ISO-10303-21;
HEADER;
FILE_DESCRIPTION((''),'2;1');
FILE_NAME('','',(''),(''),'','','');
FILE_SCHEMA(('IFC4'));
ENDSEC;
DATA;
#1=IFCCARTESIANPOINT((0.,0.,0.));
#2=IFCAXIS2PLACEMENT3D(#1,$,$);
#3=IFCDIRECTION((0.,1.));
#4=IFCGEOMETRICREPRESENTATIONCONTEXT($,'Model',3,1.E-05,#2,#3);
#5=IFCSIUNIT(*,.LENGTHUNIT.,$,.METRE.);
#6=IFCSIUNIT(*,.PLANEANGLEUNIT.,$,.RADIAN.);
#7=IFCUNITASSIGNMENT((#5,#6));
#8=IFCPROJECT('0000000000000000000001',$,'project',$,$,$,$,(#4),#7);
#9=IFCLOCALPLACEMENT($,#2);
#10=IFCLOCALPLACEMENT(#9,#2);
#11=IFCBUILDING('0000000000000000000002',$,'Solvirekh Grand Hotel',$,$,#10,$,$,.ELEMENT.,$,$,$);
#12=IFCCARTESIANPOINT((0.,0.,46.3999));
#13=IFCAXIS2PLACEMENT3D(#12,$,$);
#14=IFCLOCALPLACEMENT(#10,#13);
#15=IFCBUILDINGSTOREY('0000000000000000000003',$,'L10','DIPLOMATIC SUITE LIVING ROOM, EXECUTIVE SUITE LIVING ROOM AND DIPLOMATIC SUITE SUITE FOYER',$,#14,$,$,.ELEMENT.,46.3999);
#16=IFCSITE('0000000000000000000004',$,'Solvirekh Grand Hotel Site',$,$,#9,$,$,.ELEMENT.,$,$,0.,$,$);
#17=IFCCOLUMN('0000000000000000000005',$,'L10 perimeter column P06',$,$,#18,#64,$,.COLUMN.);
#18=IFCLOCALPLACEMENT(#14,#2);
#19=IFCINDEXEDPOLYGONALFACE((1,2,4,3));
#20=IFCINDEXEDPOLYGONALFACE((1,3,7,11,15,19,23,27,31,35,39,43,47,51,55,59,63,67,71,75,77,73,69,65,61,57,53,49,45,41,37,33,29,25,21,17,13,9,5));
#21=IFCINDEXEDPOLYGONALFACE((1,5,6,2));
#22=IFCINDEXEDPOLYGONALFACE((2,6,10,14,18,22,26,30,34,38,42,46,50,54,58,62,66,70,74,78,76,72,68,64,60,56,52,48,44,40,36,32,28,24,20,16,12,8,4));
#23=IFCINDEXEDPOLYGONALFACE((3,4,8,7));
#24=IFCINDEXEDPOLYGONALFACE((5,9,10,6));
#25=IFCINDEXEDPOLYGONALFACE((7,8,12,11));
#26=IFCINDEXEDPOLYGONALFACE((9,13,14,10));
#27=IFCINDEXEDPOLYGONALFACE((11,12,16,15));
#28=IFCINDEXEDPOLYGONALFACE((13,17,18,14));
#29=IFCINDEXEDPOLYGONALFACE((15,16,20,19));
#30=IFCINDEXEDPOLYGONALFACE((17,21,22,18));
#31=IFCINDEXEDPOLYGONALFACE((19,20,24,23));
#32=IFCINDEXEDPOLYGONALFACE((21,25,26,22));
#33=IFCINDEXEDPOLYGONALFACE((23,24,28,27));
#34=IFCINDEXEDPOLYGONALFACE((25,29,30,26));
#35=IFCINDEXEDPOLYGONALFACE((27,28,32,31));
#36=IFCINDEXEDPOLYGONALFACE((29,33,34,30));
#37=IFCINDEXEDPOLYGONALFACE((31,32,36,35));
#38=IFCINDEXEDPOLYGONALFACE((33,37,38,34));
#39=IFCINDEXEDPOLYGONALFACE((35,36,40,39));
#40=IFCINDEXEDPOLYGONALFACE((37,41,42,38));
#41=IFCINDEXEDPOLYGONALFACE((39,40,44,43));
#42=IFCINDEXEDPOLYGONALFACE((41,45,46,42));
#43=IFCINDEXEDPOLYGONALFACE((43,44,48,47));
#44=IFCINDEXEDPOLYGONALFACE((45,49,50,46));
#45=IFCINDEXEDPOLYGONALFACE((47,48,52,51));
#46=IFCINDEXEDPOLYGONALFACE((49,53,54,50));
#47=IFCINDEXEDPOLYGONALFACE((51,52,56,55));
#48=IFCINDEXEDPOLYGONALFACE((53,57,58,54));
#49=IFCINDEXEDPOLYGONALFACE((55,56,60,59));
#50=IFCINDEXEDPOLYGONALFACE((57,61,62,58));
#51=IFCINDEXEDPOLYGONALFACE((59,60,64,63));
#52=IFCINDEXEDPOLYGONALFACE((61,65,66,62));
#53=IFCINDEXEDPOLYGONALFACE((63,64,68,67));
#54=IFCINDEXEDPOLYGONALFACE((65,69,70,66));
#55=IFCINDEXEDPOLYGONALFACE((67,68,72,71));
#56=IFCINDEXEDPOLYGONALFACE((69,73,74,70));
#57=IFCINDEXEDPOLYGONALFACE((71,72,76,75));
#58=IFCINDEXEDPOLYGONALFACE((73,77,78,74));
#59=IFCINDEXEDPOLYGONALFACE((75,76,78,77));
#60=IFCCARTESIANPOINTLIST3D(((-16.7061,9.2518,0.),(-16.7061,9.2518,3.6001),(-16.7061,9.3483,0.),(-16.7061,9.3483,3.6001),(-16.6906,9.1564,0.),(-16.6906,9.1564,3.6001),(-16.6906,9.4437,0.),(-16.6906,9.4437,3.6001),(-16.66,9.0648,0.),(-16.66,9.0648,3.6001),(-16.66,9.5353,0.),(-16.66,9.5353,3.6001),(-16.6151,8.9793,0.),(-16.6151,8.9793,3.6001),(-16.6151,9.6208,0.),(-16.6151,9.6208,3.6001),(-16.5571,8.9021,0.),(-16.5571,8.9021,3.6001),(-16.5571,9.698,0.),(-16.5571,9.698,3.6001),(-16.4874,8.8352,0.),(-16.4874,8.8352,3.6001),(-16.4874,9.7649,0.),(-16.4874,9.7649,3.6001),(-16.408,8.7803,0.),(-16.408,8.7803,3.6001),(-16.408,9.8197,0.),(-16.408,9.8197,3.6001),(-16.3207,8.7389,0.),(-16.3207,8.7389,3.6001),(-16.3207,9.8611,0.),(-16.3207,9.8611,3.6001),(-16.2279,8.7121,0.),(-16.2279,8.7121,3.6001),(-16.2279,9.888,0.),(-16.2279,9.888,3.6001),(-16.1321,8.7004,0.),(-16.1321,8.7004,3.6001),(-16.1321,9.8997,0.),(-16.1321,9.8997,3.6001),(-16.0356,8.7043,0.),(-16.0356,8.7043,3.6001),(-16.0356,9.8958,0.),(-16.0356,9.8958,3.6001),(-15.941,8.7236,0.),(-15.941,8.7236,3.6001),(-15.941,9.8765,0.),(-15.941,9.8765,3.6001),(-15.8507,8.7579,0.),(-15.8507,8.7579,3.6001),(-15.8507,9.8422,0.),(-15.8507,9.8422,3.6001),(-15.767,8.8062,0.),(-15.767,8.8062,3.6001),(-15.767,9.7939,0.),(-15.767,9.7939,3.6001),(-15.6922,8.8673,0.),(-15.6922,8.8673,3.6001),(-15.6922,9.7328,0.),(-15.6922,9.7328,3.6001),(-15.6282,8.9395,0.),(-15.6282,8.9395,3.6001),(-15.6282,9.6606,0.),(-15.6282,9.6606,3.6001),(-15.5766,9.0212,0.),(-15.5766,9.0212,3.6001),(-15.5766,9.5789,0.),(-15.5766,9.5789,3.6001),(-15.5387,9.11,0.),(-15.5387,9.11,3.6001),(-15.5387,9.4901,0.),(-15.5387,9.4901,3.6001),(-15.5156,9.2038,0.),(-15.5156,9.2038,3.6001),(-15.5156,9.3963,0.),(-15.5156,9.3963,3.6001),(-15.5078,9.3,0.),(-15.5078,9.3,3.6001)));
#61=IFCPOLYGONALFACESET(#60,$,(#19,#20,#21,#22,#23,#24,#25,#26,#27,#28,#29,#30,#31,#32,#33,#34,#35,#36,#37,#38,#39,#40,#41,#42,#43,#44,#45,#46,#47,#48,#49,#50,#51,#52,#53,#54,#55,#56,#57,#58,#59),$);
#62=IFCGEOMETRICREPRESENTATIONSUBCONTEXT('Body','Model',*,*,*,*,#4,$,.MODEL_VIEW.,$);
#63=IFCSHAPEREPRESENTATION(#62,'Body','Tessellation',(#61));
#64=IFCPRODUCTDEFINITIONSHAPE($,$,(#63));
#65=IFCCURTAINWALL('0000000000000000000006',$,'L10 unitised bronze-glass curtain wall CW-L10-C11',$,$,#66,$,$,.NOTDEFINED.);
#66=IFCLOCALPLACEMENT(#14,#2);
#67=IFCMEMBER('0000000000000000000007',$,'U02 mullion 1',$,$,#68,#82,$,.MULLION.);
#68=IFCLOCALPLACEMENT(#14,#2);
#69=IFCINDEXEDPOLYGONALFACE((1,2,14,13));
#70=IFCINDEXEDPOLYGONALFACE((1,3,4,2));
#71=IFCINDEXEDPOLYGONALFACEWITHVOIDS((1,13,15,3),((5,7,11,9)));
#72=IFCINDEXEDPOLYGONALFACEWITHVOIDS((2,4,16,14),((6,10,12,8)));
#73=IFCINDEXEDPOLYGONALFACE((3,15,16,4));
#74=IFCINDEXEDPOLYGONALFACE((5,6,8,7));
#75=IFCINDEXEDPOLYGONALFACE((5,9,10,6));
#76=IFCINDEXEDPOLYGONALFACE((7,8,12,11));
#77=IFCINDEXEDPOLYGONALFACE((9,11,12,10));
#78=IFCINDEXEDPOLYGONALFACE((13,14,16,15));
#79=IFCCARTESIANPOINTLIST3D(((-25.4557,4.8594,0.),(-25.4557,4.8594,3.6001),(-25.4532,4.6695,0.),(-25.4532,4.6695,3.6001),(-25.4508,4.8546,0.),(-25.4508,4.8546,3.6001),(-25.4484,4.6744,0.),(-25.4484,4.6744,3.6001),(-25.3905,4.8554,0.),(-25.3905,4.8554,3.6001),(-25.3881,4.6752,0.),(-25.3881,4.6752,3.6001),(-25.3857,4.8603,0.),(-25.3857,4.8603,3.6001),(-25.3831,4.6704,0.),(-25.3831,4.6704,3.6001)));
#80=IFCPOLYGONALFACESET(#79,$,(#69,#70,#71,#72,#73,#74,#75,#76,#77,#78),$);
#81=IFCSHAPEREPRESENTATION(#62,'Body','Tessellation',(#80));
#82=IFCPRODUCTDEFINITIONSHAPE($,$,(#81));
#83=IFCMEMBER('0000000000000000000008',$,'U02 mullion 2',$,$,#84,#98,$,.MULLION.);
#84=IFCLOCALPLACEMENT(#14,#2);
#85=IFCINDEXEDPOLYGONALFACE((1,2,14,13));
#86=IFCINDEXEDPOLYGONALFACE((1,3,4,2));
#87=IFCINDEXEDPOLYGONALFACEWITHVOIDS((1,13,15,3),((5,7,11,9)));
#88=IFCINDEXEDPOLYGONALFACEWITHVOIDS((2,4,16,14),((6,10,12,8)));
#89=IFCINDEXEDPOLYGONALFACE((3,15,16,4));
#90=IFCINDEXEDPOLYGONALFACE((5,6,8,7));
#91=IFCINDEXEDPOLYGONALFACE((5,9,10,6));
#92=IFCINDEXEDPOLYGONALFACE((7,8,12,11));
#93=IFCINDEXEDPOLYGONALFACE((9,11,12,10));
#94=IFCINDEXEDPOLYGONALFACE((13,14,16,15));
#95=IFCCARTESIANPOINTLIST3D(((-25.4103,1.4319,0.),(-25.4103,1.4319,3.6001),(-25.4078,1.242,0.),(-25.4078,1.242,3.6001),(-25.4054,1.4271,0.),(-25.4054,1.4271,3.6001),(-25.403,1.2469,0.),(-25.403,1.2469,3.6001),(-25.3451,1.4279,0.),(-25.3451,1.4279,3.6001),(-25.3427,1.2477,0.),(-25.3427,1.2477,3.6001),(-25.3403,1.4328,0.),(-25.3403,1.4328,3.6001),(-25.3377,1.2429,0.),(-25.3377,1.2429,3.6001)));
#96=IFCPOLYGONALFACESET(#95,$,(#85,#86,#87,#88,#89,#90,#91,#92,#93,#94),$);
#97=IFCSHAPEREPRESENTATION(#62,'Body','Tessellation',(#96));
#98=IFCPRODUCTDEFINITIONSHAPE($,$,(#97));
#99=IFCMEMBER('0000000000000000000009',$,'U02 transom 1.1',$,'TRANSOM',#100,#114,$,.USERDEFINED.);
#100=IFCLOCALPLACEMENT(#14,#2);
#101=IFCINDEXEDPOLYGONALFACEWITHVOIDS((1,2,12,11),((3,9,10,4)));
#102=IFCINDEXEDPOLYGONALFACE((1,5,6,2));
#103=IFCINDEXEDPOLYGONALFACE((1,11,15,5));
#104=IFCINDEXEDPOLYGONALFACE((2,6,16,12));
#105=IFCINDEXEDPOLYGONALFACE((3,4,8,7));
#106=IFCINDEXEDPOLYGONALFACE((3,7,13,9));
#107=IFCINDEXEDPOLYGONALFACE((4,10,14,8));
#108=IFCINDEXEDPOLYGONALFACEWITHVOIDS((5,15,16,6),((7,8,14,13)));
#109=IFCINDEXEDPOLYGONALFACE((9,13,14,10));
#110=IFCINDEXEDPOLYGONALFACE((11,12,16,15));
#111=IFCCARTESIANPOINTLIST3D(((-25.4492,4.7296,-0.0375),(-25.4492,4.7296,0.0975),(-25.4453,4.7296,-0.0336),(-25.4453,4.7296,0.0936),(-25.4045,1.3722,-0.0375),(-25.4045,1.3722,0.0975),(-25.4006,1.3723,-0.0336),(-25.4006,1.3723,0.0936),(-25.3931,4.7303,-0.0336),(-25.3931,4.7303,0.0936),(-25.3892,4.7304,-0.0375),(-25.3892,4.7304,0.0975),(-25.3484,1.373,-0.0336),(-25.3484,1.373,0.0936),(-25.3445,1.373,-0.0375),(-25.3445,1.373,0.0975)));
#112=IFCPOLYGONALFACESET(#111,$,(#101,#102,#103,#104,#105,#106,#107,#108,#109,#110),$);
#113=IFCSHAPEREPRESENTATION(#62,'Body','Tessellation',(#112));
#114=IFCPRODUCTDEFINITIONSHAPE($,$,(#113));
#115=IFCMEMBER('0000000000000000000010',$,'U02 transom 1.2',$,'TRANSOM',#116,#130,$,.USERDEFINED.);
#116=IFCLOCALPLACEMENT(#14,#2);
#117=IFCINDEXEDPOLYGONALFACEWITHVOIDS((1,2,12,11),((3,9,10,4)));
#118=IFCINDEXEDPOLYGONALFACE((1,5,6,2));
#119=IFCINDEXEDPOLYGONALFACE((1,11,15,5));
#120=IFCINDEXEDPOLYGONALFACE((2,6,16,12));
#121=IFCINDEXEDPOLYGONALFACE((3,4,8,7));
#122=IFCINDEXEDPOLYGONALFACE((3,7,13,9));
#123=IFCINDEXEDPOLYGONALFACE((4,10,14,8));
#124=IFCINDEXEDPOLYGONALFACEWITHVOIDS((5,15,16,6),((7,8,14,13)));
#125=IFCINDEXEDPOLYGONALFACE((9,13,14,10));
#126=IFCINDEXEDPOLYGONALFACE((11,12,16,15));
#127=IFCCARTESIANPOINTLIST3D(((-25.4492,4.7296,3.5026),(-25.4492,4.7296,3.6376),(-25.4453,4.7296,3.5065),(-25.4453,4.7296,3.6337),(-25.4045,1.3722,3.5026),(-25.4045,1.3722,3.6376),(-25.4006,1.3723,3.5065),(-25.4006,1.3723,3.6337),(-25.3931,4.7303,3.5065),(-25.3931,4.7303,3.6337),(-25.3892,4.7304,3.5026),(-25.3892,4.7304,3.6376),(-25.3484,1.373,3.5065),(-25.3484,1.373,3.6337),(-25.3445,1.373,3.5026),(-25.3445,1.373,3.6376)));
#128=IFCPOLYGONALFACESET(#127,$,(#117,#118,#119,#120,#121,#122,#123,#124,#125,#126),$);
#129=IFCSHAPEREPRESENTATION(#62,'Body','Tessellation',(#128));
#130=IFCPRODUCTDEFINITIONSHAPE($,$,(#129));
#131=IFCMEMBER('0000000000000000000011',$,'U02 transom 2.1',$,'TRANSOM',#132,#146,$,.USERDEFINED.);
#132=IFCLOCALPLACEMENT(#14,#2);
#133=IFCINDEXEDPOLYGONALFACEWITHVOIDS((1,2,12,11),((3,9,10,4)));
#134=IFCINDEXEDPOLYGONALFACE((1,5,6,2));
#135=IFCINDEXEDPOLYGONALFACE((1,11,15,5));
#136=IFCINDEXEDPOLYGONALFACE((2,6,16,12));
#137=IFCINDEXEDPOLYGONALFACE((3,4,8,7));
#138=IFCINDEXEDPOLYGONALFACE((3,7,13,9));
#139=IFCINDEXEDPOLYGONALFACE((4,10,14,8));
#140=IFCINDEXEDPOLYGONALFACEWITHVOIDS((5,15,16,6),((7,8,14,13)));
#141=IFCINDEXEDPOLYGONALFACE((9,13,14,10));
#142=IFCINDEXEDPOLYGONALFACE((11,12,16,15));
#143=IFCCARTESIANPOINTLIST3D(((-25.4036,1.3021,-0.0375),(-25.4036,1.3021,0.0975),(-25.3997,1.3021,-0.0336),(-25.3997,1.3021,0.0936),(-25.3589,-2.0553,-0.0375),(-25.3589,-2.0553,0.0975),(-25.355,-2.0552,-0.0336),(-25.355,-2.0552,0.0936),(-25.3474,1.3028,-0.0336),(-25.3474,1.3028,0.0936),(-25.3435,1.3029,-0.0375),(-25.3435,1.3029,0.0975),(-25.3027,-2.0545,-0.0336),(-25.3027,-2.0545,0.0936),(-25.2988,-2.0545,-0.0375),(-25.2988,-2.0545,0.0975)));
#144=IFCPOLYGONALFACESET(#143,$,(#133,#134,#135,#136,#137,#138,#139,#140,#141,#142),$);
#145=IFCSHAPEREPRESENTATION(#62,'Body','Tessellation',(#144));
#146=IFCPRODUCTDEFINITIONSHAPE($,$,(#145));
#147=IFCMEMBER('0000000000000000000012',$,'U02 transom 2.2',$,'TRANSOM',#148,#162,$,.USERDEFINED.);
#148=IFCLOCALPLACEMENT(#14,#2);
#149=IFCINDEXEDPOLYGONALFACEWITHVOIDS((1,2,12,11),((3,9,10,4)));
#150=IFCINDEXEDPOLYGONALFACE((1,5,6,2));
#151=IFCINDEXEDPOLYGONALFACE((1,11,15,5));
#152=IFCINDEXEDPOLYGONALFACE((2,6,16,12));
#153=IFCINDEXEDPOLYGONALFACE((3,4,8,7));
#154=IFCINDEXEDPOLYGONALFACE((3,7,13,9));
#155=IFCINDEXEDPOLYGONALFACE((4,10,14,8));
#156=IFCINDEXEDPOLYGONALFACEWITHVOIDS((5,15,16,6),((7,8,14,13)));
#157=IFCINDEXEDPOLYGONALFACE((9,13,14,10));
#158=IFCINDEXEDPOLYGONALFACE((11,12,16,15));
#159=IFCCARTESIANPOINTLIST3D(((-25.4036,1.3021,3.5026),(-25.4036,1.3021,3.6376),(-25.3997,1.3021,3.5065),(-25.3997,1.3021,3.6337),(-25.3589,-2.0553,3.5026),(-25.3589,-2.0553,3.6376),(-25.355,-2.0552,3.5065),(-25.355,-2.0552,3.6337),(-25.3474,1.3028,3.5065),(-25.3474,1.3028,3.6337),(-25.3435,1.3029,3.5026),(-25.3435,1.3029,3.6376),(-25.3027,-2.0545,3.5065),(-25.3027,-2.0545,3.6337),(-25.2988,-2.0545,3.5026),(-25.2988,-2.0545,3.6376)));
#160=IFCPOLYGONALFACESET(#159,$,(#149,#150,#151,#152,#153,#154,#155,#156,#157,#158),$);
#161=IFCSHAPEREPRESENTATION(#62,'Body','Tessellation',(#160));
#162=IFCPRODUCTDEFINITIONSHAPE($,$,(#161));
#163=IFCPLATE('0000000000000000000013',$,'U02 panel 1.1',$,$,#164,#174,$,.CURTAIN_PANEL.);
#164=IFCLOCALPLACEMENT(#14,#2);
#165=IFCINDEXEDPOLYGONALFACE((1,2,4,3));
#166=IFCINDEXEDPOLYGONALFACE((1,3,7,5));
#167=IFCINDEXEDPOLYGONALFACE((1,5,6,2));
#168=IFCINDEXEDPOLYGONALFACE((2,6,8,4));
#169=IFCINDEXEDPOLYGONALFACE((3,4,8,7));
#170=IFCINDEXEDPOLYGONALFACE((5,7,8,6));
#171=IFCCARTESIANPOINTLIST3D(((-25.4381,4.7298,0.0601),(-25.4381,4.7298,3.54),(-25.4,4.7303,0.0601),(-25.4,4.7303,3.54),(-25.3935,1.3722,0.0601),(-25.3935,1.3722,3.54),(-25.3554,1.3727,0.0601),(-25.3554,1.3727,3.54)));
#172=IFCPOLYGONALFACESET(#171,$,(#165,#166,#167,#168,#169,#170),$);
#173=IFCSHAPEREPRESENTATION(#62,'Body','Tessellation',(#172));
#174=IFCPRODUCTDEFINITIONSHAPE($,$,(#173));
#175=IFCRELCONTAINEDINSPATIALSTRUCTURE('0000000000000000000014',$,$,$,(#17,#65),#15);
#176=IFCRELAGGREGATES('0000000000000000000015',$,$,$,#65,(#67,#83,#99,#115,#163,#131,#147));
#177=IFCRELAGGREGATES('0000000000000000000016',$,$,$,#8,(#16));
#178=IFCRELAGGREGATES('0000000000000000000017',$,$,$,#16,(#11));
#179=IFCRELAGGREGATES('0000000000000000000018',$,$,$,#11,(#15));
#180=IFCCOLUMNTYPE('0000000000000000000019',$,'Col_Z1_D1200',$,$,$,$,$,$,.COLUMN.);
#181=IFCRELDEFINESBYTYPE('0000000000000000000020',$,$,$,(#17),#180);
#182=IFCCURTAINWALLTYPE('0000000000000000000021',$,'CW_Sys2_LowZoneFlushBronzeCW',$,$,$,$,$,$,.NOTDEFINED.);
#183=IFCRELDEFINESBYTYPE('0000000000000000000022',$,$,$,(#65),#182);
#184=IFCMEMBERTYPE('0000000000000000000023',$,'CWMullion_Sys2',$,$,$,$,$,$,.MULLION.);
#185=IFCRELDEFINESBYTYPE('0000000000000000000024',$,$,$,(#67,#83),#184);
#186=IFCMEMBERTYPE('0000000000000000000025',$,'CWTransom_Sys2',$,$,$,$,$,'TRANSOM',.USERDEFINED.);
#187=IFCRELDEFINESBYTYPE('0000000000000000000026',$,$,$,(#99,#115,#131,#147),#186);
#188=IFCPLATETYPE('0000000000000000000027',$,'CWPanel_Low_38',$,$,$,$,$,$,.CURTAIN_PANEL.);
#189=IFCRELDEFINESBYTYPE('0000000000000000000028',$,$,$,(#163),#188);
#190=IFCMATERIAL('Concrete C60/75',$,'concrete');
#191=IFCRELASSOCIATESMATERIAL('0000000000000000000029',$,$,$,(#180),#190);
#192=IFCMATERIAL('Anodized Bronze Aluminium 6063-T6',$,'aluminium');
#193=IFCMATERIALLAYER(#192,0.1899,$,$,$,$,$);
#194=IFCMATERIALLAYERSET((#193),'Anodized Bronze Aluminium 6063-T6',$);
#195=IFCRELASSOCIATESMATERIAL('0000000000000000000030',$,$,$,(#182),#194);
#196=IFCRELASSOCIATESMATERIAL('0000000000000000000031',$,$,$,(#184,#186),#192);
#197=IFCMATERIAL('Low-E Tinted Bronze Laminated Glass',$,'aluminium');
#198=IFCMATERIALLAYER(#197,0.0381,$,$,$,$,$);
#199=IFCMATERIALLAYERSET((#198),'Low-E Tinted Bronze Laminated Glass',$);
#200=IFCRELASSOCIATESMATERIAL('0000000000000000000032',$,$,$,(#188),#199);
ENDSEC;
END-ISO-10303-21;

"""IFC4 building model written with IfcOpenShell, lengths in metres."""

from ifc_helpers import new_model, si_unit, direction, frame, origin, origin_2d, place, context, subcontext, project, spatial, rectangle, hollow_rectangle, circle, extrude, source, transform, mapped, material, layer, layer_set, material_profile, profile_set, type_object, element, aggregate, save


model = new_model("IFC4")

# Units and contexts
model_context = context("Model", 3, precision=1e-05, world=origin(), true_north=direction((0.0, 1.0)))
body_context = subcontext(model_context, "Body", "Model", "MODEL_VIEW")
ifc_project = project(units=[si_unit("LENGTHUNIT", "METRE"), si_unit("PLANEANGLEUNIT", "RADIAN")], contexts=[model_context])

# Site, building, storey
site_placement = place(None, origin())
site = spatial("IfcSite", under=ifc_project, at=site_placement, Name="Solvirekh Grand Hotel Site", CompositionType="ELEMENT", RefElevation=0.0)
building_placement = place(site_placement, origin())
building = spatial("IfcBuilding", under=site, at=building_placement, Name="Solvirekh Grand Hotel", CompositionType="ELEMENT")
storey_placement = place(building_placement, frame((0.0, 0.0, 46.3999)))
storey = spatial("IfcBuildingStorey", under=building, at=storey_placement, Name="L10", Description="DIPLOMATIC SUITE LIVING ROOM, EXECUTIVE SUITE LIVING ROOM AND DIPLOMATIC SUITE SUITE FOYER", CompositionType="ELEMENT", Elevation=46.3999)

# Column
ifc_material_1 = material(Name="Concrete C60/75", Category="concrete")
ifc_material_profile_1 = material_profile(ifc_material_1, circle(Radius=0.6001, at=origin_2d()), Name="RC CIRC D1200")
ifc_profile_set_1 = profile_set([ifc_material_profile_1], Name="Concrete C60/75")
column_type = type_object("IfcColumnType", Name="Col_Z1_D1200", PredefinedType="COLUMN", material=ifc_profile_set_1)
column_placement = place(storey_placement, frame((-16.1079, 9.3, 0.0), z_axis=(0.0, 0.0, 1.0), x_axis=(1.0, 0.0, 0.0)))
element("IfcColumn", 1, at=column_placement, inside=storey, type_object=column_type, Name="L10 perimeter column P06", PredefinedType="COLUMN", context=body_context, shape_type="SweptSolid", body=[
    extrude(circle(Radius=0.6001, at=origin_2d()), origin(), (0.0, 0.0, 1.0), 3.6001),
])

# Curtain wall, members, plate
ifc_material_2 = material(Name="Anodized Bronze Aluminium 6063-T6", Category="aluminium")
ifc_layer_1 = layer(ifc_material_2, 0.1899)
ifc_layer_set_1 = layer_set([ifc_layer_1], Name="Anodized Bronze Aluminium 6063-T6")
curtain_wall_type = type_object("IfcCurtainWallType", Name="CW_Sys2_LowZoneFlushBronzeCW", PredefinedType="NOTDEFINED", material=ifc_layer_set_1)
curtain_wall_placement = place(storey_placement, origin())
curtain_wall = element("IfcCurtainWall", 2, at=curtain_wall_placement, inside=storey, type_object=curtain_wall_type, Name="L10 unitised bronze-glass curtain wall CW-L10-C11", PredefinedType="NOTDEFINED")
ifc_material_profile_2 = material_profile(ifc_material_2, hollow_rectangle(XDim=0.0701, YDim=0.1899, WallThickness=0.0049, at=origin_2d()), Name="ALU RHS 190X70X5")
ifc_profile_set_2 = profile_set([ifc_material_profile_2], Name="Anodized Bronze Aluminium 6063-T6")
member_type_1 = type_object("IfcMemberType", Name="CWMullion_Sys2", PredefinedType="MULLION", material=ifc_profile_set_2)
shared_shape_1 = source(origin(), body_context, "Body", "SweptSolid", [
    extrude(hollow_rectangle(XDim=0.0701, YDim=0.1899, WallThickness=0.0049, at=origin_2d()), origin(), (0.0, 0.0, 1.0), 3.6001),
])
member_1_placement = place(storey_placement, frame((-25.4194, 4.7649, 0.0), z_axis=(0.0, 0.0, 1.0), x_axis=(0.999912, 0.013284, 0.0)))
member_1 = element("IfcMember", 3, at=member_1_placement, type_object=member_type_1, Name="U02 mullion 1", PredefinedType="MULLION", context=body_context, shape_type="MappedRepresentation", body=[
    mapped(shared_shape_1, transform((0.0, 0.0, 0.0), x_axis=(1.0, 0.0, 0.0), y_axis=(0.0, 1.0, 0.0), z_axis=(0.0, 0.0, 1.0), scale=1.0)),
])
member_2_placement = place(storey_placement, frame((-25.374, 1.3374, 0.0), z_axis=(0.0, 0.0, 1.0), x_axis=(0.999912, 0.013284, 0.0)))
member_2 = element("IfcMember", 4, at=member_2_placement, type_object=member_type_1, Name="U02 mullion 2", PredefinedType="MULLION", context=body_context, shape_type="MappedRepresentation", body=[
    mapped(shared_shape_1, transform((0.0, 0.0, 0.0), x_axis=(1.0, 0.0, 0.0), y_axis=(0.0, 1.0, 0.0), z_axis=(0.0, 0.0, 1.0), scale=1.0)),
])
ifc_material_profile_3 = material_profile(ifc_material_2, hollow_rectangle(XDim=0.0601, YDim=0.135, WallThickness=0.0039, at=origin_2d()), Name="ALU RHS 135X60X4")
ifc_profile_set_3 = profile_set([ifc_material_profile_3], Name="Anodized Bronze Aluminium 6063-T6")
member_type_2 = type_object("IfcMemberType", Name="CWTransom_Sys2", ElementType="TRANSOM", PredefinedType="USERDEFINED", material=ifc_profile_set_3)
shared_shape_2 = source(origin(), body_context, "Body", "SweptSolid", [
    extrude(hollow_rectangle(XDim=0.0601, YDim=0.135, WallThickness=0.0039, at=origin_2d()), origin(), (0.0, 0.0, 1.0), 3.3577),
])
member_3_placement = place(storey_placement, frame((-25.4192, 4.73, 0.03), z_axis=(0.013306, -0.999911, 0.0), x_axis=(0.999911, 0.013306, 0.0)))
member_3 = element("IfcMember", 5, at=member_3_placement, type_object=member_type_2, Name="U02 transom 1.1", ObjectType="TRANSOM", PredefinedType="USERDEFINED", context=body_context, shape_type="MappedRepresentation", body=[
    mapped(shared_shape_2, transform((0.0, 0.0, 0.0), x_axis=(1.0, 0.0, 0.0), y_axis=(0.0, 1.0, 0.0), z_axis=(0.0, 0.0, 1.0), scale=1.0)),
])
member_4_placement = place(storey_placement, frame((-25.4192, 4.73, 3.5701), z_axis=(0.013306, -0.999911, 0.0), x_axis=(0.999911, 0.013306, 0.0)))
member_4 = element("IfcMember", 6, at=member_4_placement, type_object=member_type_2, Name="U02 transom 1.2", ObjectType="TRANSOM", PredefinedType="USERDEFINED", context=body_context, shape_type="MappedRepresentation", body=[
    mapped(shared_shape_2, transform((0.0, 0.0, 0.0), x_axis=(1.0, 0.0, 0.0), y_axis=(0.0, 1.0, 0.0), z_axis=(0.0, 0.0, 1.0), scale=1.0)),
])
member_5_placement = place(storey_placement, frame((-25.3735, 1.3025, 0.03), z_axis=(0.013306, -0.999911, 0.0), x_axis=(0.999911, 0.013306, 0.0)))
member_5 = element("IfcMember", 7, at=member_5_placement, type_object=member_type_2, Name="U02 transom 2.1", ObjectType="TRANSOM", PredefinedType="USERDEFINED", context=body_context, shape_type="MappedRepresentation", body=[
    mapped(shared_shape_2, transform((0.0, 0.0, 0.0), x_axis=(1.0, 0.0, 0.0), y_axis=(0.0, 1.0, 0.0), z_axis=(0.0, 0.0, 1.0), scale=1.0)),
])
member_6_placement = place(storey_placement, frame((-25.3735, 1.3025, 3.5701), z_axis=(0.013306, -0.999911, 0.0), x_axis=(0.999911, 0.013306, 0.0)))
member_6 = element("IfcMember", 8, at=member_6_placement, type_object=member_type_2, Name="U02 transom 2.2", ObjectType="TRANSOM", PredefinedType="USERDEFINED", context=body_context, shape_type="MappedRepresentation", body=[
    mapped(shared_shape_2, transform((0.0, 0.0, 0.0), x_axis=(1.0, 0.0, 0.0), y_axis=(0.0, 1.0, 0.0), z_axis=(0.0, 0.0, 1.0), scale=1.0)),
])
ifc_material_3 = material(Name="Low-E Tinted Bronze Laminated Glass", Category="aluminium")
ifc_layer_2 = layer(ifc_material_3, 0.0381)
ifc_layer_set_2 = layer_set([ifc_layer_2], Name="Low-E Tinted Bronze Laminated Glass")
plate_type = type_object("IfcPlateType", Name="CWPanel_Low_38", PredefinedType="CURTAIN_PANEL", material=ifc_layer_set_2)
shared_shape_3 = source(origin(), body_context, "Body", "SweptSolid", [
    extrude(rectangle(XDim=3.3579, YDim=0.0381, at=origin_2d()), origin(), (0.0, 0.0, 1.0), 3.48),
])
plate_placement = place(storey_placement, frame((-25.3967, 3.0513, 0.0601), z_axis=(0.0, 0.0, 1.0), x_axis=(0.013284, -0.999912, 0.0)))
plate = element("IfcPlate", 9, at=plate_placement, type_object=plate_type, Name="U02 panel 1.1", PredefinedType="CURTAIN_PANEL", context=body_context, shape_type="MappedRepresentation", body=[
    mapped(shared_shape_3, transform((0.0, 0.0, 0.0), x_axis=(1.0, 0.0, 0.0), y_axis=(0.0, 1.0, 0.0), z_axis=(0.0, 0.0, 1.0), scale=1.0)),
])
aggregate(curtain_wall, [member_1, member_2, member_3, member_4, plate, member_5, member_6])

save(model, "model.ifc")
